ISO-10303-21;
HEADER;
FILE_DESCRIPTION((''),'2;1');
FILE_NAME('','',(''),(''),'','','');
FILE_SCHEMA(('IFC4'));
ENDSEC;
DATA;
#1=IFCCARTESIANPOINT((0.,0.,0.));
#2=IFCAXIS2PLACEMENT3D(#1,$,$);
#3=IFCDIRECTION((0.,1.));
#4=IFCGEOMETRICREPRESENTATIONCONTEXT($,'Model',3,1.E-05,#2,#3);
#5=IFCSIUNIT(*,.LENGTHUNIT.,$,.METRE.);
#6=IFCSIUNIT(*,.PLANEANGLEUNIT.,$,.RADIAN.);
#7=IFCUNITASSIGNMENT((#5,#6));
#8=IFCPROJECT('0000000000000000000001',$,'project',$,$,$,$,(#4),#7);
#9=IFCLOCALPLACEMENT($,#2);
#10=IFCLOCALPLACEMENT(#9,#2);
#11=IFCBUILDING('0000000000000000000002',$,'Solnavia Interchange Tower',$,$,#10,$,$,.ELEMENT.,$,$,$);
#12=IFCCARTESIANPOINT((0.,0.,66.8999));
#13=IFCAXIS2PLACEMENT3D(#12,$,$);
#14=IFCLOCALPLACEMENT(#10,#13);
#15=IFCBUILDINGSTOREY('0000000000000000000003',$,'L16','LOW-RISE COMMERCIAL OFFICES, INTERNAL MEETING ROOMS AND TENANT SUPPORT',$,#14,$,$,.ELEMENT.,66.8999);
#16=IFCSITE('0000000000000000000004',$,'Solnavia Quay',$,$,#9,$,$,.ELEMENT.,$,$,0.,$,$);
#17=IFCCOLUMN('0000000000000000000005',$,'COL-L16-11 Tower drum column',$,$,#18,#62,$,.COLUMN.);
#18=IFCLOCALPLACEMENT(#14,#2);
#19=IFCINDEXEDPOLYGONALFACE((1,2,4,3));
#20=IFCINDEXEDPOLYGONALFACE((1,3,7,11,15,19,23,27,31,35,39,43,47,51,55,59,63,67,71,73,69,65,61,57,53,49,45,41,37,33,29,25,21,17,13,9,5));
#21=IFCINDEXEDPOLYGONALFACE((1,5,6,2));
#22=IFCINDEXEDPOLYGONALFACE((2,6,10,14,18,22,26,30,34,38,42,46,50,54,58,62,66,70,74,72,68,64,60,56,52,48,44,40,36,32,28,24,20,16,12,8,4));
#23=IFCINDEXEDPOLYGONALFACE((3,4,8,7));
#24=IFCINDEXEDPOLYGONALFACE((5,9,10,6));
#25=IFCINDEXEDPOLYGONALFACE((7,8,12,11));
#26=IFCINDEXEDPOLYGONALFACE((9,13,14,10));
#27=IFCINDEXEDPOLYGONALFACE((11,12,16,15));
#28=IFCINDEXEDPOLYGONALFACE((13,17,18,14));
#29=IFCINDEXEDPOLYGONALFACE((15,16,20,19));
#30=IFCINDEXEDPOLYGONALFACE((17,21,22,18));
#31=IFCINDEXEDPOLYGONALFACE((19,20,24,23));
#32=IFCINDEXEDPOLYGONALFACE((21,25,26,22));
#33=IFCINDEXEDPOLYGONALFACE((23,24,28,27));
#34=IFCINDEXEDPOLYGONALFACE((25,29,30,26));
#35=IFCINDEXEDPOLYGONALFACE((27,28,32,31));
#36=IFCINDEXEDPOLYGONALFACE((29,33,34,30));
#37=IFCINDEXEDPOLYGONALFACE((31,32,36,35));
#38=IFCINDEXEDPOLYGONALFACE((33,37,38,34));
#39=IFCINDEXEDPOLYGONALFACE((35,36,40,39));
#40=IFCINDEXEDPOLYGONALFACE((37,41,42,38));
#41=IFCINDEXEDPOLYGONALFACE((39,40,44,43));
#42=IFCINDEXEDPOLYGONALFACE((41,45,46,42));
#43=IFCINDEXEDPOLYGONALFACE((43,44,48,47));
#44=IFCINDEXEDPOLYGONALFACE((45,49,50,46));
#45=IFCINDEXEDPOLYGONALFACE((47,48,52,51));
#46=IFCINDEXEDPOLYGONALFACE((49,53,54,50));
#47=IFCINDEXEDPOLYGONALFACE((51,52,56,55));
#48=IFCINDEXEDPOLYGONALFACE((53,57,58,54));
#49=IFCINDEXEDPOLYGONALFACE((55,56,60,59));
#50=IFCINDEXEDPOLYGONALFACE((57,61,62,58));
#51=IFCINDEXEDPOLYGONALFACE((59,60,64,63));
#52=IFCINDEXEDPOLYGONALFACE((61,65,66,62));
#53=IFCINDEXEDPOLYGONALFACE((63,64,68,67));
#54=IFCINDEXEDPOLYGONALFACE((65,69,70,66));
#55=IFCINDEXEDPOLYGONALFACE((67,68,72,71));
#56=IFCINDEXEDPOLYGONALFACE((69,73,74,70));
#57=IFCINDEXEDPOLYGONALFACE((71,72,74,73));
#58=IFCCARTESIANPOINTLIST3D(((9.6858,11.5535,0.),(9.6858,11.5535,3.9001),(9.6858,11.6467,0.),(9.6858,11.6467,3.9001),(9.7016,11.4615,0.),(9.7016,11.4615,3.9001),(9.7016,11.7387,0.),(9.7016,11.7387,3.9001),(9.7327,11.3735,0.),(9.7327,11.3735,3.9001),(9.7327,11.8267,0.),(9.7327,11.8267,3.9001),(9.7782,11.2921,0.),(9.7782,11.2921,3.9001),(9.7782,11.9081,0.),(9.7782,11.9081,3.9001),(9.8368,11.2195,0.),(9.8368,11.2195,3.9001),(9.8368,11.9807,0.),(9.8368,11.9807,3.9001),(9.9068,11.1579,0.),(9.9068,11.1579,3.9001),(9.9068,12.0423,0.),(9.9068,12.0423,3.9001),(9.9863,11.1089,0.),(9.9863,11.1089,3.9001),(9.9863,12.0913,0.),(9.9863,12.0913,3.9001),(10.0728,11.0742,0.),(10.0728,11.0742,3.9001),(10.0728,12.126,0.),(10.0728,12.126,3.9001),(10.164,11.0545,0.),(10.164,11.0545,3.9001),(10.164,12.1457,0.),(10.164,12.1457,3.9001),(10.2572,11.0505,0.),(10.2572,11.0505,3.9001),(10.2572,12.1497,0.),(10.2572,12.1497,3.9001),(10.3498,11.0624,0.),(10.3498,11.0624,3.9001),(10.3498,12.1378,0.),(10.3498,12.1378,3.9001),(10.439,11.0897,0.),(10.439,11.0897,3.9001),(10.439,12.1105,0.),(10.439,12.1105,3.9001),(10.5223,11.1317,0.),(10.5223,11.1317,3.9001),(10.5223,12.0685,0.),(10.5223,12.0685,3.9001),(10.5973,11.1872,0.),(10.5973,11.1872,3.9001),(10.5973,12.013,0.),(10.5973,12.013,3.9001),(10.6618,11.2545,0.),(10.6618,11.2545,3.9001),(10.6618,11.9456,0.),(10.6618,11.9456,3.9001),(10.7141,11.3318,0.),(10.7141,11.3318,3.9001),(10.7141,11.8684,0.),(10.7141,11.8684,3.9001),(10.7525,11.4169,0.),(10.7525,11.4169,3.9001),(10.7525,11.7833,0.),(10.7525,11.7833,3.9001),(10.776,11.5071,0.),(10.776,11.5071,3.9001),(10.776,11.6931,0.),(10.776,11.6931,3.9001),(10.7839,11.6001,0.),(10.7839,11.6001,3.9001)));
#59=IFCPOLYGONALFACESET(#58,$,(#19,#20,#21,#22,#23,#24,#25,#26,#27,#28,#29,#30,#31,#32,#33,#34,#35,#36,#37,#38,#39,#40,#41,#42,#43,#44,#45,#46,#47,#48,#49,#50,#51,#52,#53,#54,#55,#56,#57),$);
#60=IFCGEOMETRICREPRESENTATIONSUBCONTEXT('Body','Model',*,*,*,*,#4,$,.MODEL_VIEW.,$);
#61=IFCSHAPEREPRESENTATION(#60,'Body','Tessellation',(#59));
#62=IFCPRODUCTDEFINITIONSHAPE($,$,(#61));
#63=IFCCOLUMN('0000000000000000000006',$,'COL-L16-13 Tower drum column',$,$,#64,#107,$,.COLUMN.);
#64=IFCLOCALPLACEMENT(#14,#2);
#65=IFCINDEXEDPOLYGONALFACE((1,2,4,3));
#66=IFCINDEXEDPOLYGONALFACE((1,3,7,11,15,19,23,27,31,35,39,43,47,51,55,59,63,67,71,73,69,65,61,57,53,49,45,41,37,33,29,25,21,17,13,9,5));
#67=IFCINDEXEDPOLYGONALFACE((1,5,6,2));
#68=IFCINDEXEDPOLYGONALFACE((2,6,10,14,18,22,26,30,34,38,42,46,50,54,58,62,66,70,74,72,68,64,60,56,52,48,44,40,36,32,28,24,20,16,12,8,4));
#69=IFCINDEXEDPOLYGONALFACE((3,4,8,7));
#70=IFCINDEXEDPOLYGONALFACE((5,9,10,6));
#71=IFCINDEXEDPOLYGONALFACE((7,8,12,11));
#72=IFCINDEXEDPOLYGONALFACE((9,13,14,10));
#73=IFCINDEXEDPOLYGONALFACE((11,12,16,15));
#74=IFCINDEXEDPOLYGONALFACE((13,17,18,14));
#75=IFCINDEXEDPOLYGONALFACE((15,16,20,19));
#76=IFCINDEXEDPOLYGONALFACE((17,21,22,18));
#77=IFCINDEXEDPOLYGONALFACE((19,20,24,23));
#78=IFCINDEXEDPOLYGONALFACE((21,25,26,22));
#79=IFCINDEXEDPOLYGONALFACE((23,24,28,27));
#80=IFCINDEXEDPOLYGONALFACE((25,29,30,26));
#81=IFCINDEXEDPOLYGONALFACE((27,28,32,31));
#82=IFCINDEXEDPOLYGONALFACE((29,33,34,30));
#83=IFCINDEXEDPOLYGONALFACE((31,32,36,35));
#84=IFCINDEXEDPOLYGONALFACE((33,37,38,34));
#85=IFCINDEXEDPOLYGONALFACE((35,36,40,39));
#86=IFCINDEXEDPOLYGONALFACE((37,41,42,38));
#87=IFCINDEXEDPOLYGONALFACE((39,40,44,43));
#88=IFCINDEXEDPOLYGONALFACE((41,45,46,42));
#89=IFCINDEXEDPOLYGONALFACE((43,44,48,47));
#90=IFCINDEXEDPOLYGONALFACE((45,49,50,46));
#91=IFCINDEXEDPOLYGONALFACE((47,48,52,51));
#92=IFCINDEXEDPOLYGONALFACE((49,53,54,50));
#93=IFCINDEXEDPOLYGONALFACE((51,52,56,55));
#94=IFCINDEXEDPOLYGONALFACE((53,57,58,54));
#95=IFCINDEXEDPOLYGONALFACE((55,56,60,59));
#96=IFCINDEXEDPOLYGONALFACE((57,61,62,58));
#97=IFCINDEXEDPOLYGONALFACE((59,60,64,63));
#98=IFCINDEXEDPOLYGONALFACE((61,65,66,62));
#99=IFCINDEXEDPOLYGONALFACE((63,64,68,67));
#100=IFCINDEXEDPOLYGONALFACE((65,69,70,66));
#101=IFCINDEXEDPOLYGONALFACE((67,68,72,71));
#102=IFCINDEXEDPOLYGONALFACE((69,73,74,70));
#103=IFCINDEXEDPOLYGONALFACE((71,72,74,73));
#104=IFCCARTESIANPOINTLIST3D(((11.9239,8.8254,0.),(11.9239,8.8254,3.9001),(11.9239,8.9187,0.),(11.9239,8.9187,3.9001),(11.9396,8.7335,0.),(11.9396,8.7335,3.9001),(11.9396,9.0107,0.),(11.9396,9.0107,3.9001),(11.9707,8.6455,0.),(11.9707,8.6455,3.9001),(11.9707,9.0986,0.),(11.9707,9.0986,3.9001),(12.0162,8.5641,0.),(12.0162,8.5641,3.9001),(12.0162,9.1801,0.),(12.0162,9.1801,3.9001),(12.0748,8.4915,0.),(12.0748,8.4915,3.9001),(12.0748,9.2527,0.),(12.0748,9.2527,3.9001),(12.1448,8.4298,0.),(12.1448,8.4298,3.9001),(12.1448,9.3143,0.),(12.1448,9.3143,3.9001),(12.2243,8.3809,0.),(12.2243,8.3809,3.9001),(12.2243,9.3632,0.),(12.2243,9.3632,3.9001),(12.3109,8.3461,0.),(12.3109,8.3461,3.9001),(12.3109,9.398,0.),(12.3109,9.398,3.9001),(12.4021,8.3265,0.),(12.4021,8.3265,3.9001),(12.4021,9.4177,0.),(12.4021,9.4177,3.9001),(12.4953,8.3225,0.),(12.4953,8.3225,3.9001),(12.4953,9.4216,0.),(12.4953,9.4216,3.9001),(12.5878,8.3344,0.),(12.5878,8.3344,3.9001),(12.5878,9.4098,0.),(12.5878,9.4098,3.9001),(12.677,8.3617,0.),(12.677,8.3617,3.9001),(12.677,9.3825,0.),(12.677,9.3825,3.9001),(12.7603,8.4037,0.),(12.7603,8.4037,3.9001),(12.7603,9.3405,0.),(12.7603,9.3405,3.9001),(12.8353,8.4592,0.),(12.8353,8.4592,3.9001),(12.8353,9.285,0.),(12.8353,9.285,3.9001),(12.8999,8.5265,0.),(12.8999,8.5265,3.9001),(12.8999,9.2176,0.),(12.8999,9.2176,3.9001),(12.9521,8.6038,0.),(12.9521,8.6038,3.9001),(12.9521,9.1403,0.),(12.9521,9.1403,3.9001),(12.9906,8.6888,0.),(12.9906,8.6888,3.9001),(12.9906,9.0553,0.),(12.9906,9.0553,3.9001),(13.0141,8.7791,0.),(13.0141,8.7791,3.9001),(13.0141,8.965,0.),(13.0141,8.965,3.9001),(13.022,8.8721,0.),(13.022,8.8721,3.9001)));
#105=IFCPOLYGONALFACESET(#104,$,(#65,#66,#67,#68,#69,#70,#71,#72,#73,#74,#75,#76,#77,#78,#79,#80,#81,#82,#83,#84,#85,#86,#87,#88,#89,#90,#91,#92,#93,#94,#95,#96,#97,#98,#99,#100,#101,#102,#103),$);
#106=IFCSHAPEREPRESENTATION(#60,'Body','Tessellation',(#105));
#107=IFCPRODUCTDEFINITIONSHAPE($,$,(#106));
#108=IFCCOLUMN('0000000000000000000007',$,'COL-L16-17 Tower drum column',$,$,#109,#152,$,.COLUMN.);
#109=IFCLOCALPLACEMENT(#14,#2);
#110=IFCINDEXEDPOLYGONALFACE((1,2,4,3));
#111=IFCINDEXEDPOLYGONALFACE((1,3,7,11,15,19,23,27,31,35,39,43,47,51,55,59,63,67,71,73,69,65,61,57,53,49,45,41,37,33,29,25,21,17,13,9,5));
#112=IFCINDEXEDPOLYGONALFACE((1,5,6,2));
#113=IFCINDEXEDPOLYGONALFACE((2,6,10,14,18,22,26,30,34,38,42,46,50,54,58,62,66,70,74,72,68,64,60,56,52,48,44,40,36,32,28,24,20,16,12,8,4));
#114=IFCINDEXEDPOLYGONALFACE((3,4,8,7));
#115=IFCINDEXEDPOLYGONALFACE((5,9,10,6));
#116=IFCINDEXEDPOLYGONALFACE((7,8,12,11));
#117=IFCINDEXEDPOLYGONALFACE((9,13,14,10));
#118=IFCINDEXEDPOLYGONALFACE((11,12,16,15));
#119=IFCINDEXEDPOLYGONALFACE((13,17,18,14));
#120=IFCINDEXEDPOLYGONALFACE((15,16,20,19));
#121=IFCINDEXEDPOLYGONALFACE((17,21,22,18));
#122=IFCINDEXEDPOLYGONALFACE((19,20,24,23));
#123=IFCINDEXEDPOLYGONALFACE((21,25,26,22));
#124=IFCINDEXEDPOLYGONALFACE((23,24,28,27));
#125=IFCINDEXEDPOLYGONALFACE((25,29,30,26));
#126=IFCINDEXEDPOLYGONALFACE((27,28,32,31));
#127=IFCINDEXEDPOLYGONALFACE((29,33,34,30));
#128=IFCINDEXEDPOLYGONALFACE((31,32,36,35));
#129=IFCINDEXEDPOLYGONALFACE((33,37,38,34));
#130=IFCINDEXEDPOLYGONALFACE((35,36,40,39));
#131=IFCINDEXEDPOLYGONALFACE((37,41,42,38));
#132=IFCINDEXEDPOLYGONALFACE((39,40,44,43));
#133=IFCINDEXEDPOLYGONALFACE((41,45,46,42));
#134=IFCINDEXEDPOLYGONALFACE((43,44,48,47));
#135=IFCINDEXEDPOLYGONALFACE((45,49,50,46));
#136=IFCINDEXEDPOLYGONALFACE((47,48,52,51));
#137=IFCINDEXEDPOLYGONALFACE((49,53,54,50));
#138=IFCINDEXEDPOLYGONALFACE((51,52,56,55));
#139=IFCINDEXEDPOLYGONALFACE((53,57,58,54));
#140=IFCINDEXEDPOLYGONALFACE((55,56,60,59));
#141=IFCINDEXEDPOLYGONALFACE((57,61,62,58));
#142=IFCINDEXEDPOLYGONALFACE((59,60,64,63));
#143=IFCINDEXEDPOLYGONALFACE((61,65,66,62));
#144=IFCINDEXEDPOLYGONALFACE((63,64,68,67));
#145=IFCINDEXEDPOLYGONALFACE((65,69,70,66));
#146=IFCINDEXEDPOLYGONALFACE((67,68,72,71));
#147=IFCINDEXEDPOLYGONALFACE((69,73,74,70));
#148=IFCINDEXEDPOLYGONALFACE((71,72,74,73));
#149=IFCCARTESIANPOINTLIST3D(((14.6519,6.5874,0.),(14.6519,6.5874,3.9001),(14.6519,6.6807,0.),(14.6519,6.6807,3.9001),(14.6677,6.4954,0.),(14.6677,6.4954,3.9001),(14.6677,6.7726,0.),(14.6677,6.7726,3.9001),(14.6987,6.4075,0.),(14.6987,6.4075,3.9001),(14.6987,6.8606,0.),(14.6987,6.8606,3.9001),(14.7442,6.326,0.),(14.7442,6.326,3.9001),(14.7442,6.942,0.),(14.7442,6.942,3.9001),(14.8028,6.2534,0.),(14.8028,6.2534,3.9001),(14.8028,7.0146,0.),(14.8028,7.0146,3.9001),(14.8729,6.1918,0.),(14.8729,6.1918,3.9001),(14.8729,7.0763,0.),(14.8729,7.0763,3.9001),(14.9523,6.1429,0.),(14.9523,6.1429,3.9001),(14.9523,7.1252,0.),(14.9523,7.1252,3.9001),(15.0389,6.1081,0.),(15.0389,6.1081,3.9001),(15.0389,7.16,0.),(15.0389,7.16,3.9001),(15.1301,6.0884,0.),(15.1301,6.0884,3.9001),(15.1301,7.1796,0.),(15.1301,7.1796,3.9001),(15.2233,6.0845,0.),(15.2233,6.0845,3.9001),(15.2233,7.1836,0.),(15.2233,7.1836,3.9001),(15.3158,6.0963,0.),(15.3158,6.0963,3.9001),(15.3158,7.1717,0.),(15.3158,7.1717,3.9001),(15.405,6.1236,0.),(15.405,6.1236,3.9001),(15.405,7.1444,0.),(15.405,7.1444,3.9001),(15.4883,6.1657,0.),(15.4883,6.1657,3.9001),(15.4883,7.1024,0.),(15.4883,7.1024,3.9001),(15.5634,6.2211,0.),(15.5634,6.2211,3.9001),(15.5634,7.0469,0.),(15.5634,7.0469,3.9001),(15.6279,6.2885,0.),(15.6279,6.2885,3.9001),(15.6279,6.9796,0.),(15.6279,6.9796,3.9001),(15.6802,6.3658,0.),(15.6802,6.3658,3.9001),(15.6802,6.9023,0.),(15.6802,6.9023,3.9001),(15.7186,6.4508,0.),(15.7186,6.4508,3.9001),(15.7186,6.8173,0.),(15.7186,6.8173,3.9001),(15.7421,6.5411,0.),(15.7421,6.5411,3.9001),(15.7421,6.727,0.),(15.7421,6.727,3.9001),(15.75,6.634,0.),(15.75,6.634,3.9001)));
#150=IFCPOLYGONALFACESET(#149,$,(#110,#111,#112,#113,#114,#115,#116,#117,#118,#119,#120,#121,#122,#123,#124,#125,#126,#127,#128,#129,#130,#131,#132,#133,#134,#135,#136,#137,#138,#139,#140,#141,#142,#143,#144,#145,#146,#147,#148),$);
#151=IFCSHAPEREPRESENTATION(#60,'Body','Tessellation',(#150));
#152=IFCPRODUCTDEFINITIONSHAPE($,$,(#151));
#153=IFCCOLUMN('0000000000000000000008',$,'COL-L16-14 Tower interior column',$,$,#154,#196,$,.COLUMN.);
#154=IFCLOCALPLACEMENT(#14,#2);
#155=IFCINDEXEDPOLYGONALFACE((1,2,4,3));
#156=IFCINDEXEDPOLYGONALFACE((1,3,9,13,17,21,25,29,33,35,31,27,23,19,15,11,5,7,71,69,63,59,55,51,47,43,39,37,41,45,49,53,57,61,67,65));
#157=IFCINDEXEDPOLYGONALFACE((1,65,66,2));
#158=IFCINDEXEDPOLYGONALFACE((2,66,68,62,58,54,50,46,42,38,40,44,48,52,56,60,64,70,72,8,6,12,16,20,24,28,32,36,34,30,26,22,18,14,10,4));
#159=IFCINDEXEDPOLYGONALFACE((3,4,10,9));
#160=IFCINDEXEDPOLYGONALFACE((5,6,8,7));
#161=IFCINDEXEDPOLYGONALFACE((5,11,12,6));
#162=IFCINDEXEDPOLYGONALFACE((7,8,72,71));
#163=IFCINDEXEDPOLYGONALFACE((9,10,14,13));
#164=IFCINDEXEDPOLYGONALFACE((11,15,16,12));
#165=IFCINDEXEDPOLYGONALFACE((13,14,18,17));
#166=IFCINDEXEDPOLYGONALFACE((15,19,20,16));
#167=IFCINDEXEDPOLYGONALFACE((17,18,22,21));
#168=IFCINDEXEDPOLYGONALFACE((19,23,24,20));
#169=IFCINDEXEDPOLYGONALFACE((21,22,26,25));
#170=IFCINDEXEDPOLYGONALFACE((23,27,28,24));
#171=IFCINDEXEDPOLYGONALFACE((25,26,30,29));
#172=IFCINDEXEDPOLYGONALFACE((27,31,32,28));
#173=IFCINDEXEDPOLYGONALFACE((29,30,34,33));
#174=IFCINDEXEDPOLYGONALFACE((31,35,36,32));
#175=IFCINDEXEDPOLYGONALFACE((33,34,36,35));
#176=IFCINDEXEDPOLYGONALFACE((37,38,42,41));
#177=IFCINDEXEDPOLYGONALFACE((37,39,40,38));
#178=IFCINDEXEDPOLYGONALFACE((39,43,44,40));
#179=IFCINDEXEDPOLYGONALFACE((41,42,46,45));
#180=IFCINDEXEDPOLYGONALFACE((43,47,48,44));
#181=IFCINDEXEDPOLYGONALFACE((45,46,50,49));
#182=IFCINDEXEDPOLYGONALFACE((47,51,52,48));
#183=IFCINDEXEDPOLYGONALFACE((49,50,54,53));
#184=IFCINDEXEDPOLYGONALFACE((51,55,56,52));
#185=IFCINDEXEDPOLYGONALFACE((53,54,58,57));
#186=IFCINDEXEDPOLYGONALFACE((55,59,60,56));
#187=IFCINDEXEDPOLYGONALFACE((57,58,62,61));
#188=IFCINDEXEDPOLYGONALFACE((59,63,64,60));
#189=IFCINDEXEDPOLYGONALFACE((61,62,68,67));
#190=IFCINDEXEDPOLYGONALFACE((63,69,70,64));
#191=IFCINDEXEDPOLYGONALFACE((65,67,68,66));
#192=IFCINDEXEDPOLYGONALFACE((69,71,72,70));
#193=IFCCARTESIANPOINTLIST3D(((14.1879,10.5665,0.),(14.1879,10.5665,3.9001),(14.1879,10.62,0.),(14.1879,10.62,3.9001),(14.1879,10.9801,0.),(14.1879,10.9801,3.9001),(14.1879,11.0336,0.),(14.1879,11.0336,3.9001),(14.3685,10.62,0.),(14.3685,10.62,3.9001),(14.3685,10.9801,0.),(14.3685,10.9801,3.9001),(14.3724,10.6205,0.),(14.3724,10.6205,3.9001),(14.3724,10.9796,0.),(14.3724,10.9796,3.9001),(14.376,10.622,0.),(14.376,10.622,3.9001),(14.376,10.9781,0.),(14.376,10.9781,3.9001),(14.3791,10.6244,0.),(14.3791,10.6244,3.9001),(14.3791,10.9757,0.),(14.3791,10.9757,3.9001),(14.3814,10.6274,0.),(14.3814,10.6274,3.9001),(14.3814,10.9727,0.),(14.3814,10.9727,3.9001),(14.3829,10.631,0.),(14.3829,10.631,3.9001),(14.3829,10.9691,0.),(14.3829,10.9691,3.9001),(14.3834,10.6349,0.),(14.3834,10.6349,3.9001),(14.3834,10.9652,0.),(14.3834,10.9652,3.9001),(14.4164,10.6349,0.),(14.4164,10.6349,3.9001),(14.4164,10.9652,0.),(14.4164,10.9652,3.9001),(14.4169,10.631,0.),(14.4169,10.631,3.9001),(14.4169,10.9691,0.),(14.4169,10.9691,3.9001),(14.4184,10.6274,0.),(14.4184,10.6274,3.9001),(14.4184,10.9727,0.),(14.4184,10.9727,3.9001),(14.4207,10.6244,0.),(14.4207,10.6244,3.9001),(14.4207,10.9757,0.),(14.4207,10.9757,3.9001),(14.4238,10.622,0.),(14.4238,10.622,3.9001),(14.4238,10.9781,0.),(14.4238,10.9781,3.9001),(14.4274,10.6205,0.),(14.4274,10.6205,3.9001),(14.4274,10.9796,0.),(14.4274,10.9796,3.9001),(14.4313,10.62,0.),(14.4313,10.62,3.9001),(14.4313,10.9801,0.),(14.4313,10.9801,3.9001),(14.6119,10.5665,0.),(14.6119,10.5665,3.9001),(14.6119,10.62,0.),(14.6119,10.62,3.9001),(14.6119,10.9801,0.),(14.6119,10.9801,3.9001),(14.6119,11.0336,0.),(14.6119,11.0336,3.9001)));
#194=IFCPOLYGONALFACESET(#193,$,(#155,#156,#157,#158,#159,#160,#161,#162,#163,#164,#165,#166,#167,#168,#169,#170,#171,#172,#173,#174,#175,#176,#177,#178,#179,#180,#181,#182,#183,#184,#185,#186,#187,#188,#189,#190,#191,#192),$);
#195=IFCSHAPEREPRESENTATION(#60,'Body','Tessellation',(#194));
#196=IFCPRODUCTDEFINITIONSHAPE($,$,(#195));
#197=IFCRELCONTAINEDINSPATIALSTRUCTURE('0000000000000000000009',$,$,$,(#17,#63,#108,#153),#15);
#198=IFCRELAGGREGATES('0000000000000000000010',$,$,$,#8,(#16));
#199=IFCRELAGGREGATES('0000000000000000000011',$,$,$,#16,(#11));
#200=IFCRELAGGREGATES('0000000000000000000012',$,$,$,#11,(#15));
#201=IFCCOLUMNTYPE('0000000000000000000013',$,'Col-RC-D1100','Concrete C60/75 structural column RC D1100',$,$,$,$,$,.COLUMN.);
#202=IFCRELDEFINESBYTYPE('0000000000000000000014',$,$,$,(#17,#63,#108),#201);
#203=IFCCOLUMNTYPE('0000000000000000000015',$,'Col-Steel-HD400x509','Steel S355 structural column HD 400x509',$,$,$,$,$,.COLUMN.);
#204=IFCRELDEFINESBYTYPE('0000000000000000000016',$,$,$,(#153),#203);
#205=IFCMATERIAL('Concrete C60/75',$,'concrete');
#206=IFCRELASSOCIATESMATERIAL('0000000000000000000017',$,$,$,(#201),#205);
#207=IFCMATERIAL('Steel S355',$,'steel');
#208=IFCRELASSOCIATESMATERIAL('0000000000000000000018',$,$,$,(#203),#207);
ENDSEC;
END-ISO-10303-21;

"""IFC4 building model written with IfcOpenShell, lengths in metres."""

from ifc_helpers import new_model, si_unit, direction, frame, origin, origin_2d, place, context, subcontext, project, spatial, circle, i_section, extrude, material, material_profile, profile_set, type_object, element, save


model = new_model("IFC4")

# Units and contexts
model_context = context("Model", 3, precision=1e-05, world=origin(), true_north=direction((0.0, 1.0)))
body_context = subcontext(model_context, "Body", "Model", "MODEL_VIEW")
ifc_project = project(units=[si_unit("LENGTHUNIT", "METRE"), si_unit("PLANEANGLEUNIT", "RADIAN")], contexts=[model_context])

# Site, building, storey
site_placement = place(None, origin())
site = spatial("IfcSite", under=ifc_project, at=site_placement, Name="Solnavia Quay", CompositionType="ELEMENT", RefElevation=0.0)
building_placement = place(site_placement, origin())
building = spatial("IfcBuilding", under=site, at=building_placement, Name="Solnavia Interchange Tower", CompositionType="ELEMENT")
storey_placement = place(building_placement, frame((0.0, 0.0, 66.8999)))
storey = spatial("IfcBuildingStorey", under=building, at=storey_placement, Name="L16", Description="LOW-RISE COMMERCIAL OFFICES, INTERNAL MEETING ROOMS AND TENANT SUPPORT", CompositionType="ELEMENT", Elevation=66.8999)

# Columns
ifc_material_1 = material(Name="Concrete C60/75", Category="concrete")
ifc_material_profile_1 = material_profile(ifc_material_1, circle(Radius=0.55, at=origin_2d()), Name="RC D1100")
ifc_profile_set_1 = profile_set([ifc_material_profile_1], Name="Concrete C60/75")
column_type_1 = type_object("IfcColumnType", Name="Col-RC-D1100", Description="Concrete C60/75 structural column RC D1100", PredefinedType="COLUMN", material=ifc_profile_set_1)
for number, where, z_axis, x_axis, name in (
    (1, (10.2339, 11.6001, 0.0), (0.0, 0.0, 1.0), (1.0, 0.0, 0.0), "COL-L16-11 Tower drum column"),
    (2, (12.4719, 8.8721, 0.0), (0.0, 0.0, 1.0), (1.0, 0.0, 0.0), "COL-L16-13 Tower drum column"),
    (3, (15.2, 6.634, 0.0), (0.0, 0.0, 1.0), (1.0, 0.0, 0.0), "COL-L16-17 Tower drum column"),
):
    element("IfcColumn", number, at=place(storey_placement, frame(where, z_axis=z_axis, x_axis=x_axis)), inside=storey, type_object=column_type_1, Name=name, PredefinedType="COLUMN", context=body_context, shape_type="SweptSolid", body=[
        extrude(circle(Radius=0.55, at=origin_2d()), origin(), (0.0, 0.0, 1.0), 3.9001),
    ])
ifc_material_2 = material(Name="Steel S355", Category="steel")
ifc_material_profile_2 = material_profile(ifc_material_2, i_section(OverallWidth=0.4241, OverallDepth=0.467, WebThickness=0.033, FlangeThickness=0.0535, FilletRadius=0.0149, at=origin_2d()), Name="HD 400x509")
ifc_profile_set_2 = profile_set([ifc_material_profile_2], Name="Steel S355")
column_type_2 = type_object("IfcColumnType", Name="Col-Steel-HD400x509", Description="Steel S355 structural column HD 400x509", PredefinedType="COLUMN", material=ifc_profile_set_2)
column_placement = place(storey_placement, frame((14.3999, 10.8, 0.0), z_axis=(0.0, 0.0, 1.0), x_axis=(1.0, 0.0, 0.0)))
element("IfcColumn", 4, at=column_placement, inside=storey, type_object=column_type_2, Name="COL-L16-14 Tower interior column", PredefinedType="COLUMN", context=body_context, shape_type="SweptSolid", body=[
    extrude(i_section(OverallWidth=0.4241, OverallDepth=0.467, WebThickness=0.033, FlangeThickness=0.0535, FilletRadius=0.0149, at=origin_2d()), origin(), (0.0, 0.0, 1.0), 3.9001),
])

save(model, "model.ifc")
